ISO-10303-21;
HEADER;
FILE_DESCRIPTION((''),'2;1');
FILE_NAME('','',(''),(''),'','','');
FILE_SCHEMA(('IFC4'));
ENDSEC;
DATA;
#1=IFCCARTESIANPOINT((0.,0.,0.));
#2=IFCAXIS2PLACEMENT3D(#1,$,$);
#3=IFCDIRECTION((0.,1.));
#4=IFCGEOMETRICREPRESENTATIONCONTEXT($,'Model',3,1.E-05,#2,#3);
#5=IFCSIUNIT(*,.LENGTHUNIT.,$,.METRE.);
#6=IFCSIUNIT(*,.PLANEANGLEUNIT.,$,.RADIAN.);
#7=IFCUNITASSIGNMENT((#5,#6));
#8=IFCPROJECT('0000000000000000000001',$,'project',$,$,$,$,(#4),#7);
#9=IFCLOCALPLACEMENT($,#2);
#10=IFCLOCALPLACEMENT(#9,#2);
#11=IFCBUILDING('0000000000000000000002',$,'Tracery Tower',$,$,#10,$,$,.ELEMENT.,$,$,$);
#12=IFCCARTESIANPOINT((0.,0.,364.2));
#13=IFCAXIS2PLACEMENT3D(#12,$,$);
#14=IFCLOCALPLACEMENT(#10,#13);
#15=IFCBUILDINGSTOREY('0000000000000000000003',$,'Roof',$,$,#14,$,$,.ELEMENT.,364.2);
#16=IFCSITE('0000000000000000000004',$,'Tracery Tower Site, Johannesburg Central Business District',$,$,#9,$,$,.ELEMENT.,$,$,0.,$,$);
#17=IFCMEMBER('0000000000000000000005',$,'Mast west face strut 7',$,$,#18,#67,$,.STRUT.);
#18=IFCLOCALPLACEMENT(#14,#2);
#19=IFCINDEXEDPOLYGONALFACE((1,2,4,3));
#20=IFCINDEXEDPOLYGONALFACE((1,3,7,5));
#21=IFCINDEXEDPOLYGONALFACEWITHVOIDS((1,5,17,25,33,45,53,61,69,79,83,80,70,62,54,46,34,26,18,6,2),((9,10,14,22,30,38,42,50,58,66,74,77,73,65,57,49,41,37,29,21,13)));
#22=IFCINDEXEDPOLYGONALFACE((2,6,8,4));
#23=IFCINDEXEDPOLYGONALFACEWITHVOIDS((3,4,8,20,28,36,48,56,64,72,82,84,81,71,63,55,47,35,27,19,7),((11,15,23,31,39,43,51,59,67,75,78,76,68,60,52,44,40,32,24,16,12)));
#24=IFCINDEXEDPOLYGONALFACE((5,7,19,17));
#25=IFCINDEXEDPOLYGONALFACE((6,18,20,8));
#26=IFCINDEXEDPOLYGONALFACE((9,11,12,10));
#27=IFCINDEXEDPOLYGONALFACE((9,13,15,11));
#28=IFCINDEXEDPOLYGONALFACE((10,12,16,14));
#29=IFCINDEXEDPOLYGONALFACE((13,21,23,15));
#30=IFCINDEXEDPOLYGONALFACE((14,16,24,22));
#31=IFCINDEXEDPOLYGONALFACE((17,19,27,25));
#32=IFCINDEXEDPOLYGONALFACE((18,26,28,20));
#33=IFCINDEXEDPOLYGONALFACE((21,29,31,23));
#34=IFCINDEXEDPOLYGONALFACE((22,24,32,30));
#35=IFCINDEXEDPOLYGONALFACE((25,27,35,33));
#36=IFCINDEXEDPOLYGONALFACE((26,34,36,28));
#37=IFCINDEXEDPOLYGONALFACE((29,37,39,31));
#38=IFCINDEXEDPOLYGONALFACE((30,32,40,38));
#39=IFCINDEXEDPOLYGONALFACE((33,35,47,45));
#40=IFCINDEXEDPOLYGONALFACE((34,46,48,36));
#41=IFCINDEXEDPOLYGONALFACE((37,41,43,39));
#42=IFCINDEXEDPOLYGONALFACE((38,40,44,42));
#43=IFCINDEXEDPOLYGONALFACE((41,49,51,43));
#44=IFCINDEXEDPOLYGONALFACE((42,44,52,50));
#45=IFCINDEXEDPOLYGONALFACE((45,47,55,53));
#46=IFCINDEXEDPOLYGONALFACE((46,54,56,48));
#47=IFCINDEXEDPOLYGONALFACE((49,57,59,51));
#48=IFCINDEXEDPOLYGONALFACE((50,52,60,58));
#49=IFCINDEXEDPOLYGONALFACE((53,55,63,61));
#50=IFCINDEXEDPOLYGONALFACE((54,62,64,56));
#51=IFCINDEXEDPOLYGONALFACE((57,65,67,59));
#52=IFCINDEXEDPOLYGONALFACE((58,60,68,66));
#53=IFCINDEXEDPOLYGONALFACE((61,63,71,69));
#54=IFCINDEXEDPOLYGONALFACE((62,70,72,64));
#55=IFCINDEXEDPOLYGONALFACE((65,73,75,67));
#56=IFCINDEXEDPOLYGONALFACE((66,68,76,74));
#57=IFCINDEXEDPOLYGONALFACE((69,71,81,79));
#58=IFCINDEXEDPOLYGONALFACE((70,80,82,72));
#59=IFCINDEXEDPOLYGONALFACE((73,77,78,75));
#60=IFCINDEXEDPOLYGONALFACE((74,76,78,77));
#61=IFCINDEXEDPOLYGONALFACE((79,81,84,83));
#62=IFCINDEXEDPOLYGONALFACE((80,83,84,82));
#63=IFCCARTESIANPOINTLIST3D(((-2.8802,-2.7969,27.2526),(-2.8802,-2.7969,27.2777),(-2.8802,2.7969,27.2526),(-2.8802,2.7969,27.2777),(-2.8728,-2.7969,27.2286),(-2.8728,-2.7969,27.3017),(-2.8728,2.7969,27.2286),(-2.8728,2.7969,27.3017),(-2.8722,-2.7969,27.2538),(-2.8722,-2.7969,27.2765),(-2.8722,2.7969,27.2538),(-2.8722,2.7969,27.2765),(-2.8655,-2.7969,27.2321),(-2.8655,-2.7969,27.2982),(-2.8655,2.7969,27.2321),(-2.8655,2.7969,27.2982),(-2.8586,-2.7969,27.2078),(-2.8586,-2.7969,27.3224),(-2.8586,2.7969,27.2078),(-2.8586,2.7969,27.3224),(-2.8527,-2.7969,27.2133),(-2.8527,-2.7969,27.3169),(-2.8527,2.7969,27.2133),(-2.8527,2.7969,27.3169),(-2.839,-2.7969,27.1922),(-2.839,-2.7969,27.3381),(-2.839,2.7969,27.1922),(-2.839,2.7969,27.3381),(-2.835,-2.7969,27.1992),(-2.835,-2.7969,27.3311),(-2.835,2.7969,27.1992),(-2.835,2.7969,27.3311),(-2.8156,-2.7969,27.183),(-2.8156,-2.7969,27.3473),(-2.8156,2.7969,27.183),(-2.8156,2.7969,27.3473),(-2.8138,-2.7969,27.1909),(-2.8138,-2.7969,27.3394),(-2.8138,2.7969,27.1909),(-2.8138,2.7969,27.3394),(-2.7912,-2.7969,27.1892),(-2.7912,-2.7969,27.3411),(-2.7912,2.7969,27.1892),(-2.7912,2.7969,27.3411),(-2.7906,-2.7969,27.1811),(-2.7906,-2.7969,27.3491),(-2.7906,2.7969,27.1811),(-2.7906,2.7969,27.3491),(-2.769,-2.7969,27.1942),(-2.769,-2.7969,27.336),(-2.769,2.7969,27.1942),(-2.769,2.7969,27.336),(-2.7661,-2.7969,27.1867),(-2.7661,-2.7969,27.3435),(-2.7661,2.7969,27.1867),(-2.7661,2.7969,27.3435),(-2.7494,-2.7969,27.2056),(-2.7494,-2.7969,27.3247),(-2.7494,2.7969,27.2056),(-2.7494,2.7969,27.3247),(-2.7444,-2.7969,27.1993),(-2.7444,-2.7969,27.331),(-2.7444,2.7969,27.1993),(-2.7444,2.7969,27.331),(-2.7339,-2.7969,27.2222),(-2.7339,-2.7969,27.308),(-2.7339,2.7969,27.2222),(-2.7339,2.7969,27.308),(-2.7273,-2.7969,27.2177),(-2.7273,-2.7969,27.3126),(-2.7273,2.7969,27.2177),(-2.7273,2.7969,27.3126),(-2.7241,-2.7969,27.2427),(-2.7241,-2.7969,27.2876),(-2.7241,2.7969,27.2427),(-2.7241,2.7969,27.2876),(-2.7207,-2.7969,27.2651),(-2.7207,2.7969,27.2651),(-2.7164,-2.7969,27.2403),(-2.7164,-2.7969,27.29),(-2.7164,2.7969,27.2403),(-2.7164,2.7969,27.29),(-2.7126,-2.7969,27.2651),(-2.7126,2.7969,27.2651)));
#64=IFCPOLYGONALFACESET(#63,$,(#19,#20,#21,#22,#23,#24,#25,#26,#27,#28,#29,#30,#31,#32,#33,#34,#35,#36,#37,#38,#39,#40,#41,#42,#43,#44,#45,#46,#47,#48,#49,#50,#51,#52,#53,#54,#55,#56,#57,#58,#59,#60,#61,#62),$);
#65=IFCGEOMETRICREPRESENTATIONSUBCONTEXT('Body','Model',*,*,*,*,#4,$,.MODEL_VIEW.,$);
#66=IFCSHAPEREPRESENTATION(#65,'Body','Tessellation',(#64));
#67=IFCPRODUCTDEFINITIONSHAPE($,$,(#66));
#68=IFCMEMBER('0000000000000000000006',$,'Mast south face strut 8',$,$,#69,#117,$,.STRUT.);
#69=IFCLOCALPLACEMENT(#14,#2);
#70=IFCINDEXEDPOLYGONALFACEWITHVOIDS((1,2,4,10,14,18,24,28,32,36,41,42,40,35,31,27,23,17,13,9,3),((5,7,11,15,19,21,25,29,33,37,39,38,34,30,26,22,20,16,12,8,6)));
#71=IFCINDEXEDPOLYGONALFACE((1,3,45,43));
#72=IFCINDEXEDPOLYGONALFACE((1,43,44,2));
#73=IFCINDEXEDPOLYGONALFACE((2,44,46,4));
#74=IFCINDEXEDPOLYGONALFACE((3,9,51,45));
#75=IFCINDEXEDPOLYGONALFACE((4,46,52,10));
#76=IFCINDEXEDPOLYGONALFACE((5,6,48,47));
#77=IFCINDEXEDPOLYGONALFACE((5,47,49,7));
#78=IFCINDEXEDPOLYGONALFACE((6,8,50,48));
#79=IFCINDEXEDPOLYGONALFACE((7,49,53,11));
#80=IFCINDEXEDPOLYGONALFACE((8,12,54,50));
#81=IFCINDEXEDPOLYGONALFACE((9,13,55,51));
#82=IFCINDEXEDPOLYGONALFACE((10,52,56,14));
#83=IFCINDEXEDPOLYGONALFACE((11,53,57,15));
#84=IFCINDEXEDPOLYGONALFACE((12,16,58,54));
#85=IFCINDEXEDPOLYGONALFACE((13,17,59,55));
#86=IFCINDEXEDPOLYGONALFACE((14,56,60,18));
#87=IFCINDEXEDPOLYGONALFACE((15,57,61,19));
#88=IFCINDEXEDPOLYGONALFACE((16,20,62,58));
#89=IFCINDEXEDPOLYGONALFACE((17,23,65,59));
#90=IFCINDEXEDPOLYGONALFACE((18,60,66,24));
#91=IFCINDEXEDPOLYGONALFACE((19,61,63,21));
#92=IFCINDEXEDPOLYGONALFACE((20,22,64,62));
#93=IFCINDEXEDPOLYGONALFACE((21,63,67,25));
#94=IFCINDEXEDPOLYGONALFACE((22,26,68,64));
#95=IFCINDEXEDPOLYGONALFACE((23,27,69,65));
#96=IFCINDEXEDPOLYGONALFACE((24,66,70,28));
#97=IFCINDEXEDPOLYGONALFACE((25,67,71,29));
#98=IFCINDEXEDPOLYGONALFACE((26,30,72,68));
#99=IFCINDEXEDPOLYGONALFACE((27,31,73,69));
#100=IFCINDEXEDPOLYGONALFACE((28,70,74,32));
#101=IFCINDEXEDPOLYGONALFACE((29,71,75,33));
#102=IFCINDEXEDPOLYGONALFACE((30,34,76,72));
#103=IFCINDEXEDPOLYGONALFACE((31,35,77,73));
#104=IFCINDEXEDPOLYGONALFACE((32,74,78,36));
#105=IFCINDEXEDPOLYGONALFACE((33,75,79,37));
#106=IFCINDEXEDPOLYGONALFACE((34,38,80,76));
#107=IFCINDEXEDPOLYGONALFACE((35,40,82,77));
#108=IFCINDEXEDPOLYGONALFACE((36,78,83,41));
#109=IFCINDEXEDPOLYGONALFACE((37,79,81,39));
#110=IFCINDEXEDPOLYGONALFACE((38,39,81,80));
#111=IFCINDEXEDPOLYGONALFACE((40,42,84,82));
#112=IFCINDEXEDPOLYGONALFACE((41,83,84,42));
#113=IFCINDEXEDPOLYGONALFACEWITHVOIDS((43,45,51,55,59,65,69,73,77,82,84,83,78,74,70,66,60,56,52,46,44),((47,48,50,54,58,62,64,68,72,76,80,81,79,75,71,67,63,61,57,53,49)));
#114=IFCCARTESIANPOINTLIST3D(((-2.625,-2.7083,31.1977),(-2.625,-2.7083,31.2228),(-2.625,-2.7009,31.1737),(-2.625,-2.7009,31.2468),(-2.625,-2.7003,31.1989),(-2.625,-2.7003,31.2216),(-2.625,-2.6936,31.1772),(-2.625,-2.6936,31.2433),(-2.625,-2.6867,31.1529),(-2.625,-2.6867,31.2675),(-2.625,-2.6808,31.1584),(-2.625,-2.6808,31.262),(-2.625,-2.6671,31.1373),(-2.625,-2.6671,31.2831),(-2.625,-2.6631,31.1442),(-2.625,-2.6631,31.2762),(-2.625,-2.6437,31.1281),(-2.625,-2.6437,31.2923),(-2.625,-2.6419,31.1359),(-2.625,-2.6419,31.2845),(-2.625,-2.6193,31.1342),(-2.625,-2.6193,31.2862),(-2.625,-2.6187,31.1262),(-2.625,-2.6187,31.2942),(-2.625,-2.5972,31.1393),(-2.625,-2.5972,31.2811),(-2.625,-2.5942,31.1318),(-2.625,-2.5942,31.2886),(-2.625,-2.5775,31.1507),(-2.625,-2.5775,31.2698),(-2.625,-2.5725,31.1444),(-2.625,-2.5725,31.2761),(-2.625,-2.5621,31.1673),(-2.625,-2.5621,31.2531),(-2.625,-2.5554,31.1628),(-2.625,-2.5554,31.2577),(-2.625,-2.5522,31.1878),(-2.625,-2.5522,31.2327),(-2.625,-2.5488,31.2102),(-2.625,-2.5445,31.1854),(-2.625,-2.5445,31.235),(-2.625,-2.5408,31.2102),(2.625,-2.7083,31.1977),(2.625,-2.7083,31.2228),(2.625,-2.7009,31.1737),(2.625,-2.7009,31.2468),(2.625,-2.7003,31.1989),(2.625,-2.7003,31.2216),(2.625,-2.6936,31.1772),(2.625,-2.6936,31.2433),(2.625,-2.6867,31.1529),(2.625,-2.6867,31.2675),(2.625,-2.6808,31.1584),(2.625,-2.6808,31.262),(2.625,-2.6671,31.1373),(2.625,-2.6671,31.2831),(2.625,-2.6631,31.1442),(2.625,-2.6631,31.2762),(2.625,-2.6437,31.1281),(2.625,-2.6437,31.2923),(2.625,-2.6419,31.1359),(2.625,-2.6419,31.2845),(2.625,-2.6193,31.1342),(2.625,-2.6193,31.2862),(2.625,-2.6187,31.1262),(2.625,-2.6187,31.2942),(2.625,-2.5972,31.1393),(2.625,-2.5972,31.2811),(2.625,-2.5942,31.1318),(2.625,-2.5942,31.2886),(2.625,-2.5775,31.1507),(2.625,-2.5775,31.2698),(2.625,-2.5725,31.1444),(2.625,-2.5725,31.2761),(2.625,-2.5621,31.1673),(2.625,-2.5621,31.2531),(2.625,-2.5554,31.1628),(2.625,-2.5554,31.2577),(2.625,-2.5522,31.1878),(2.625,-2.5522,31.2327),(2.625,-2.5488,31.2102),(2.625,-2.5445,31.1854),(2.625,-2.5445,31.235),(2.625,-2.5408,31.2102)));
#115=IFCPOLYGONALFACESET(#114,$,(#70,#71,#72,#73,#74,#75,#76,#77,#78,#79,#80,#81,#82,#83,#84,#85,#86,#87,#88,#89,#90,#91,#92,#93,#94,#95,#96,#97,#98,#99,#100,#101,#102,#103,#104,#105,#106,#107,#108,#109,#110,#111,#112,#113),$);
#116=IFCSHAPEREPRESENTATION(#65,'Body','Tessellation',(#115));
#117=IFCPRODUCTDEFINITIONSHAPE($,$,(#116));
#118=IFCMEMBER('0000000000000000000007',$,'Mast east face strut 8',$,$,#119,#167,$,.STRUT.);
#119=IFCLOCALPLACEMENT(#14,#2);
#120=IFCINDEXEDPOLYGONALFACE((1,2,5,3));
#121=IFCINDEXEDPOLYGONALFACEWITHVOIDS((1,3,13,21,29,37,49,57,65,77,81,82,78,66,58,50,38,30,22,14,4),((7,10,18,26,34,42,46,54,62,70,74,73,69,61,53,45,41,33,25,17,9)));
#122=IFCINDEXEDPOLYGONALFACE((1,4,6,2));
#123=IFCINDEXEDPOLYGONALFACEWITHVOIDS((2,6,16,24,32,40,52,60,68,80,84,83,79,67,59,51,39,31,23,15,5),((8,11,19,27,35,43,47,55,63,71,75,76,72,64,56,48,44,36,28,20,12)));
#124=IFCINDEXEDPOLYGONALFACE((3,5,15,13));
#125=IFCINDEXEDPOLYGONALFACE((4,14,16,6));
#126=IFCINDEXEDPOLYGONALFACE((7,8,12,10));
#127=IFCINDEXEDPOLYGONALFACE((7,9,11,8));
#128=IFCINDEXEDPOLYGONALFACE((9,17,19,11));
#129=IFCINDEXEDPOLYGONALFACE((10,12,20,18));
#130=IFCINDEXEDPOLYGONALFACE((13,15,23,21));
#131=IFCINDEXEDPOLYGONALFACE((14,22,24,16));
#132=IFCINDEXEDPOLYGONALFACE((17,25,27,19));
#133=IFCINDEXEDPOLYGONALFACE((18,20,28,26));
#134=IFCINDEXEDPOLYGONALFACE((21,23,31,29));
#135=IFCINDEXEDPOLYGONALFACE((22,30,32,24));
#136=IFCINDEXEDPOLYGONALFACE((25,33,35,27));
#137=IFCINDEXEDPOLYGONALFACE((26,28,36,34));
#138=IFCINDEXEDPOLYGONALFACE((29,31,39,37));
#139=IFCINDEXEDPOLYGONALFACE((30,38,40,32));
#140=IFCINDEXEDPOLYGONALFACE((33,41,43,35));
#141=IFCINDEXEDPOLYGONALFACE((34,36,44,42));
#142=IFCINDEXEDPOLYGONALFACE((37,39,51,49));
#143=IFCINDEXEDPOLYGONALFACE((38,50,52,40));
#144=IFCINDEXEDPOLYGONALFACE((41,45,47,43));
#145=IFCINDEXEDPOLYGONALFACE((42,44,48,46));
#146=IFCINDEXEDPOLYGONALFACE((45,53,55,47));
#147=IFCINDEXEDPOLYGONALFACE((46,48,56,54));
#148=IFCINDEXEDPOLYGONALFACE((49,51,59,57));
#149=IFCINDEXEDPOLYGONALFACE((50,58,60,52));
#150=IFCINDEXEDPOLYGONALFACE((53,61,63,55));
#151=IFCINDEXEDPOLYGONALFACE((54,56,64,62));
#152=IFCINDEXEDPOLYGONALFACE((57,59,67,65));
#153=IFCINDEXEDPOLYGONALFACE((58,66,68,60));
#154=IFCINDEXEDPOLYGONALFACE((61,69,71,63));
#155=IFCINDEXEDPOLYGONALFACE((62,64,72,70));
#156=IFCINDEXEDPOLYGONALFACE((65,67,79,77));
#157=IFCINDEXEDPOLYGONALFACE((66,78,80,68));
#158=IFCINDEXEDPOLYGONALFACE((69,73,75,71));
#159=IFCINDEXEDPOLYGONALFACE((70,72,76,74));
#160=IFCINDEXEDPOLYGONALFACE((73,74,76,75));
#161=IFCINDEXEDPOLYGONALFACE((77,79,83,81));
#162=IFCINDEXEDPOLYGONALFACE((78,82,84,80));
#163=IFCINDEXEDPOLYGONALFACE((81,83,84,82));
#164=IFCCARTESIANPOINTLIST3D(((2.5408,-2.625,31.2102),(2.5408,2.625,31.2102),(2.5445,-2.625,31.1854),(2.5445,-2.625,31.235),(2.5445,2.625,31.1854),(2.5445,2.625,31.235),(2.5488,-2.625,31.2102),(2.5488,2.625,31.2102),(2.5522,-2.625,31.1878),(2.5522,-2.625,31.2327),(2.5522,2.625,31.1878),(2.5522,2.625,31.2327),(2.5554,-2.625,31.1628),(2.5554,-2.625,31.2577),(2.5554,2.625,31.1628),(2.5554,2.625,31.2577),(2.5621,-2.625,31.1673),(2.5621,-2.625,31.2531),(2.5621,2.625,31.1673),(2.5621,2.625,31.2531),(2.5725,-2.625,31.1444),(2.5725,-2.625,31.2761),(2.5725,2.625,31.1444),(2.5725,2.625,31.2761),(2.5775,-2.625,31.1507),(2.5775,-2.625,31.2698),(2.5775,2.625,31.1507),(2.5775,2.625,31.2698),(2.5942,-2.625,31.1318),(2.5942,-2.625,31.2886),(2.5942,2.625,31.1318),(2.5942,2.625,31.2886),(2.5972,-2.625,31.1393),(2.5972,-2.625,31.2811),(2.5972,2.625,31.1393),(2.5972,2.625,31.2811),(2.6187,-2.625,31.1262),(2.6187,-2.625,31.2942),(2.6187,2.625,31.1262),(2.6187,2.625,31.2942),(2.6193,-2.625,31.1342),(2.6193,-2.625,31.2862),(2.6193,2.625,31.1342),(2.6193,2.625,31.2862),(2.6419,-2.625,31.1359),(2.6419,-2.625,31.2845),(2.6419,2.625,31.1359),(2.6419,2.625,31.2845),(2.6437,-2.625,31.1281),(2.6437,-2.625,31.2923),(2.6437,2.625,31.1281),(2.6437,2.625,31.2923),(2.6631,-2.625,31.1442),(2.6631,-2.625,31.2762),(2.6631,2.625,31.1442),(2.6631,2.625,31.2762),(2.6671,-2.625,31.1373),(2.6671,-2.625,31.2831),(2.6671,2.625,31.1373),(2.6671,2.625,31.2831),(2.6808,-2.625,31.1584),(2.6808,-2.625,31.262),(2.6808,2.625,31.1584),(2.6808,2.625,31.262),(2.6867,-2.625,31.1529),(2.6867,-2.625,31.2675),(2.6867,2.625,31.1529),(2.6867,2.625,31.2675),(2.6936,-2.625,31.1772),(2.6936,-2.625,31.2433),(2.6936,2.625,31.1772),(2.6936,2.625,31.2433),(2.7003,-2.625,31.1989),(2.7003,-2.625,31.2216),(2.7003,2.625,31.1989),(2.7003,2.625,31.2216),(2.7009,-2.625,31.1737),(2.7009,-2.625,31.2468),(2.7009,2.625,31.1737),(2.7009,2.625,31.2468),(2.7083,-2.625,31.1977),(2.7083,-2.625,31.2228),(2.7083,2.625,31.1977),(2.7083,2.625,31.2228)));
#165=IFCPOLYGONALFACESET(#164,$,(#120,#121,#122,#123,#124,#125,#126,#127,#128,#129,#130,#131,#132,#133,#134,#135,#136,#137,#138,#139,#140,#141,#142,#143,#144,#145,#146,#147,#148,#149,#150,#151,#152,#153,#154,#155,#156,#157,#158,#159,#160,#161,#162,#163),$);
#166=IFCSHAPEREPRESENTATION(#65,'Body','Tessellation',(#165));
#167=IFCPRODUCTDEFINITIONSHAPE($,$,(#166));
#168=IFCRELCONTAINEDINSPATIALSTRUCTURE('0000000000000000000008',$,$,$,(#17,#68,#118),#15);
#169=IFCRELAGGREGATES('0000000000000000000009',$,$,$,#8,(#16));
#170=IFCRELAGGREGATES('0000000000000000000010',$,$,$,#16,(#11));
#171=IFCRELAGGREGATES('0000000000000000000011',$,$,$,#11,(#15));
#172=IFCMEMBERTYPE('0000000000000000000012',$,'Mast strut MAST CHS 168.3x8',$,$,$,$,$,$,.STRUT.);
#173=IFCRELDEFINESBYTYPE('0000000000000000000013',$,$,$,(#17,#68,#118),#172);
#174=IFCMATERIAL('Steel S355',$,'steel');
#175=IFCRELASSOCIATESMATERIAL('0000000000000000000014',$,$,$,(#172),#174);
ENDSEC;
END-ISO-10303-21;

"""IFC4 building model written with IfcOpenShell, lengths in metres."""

from ifc_helpers import new_model, si_unit, direction, frame, origin, origin_2d, place, context, subcontext, project, spatial, hollow_circle, extrude, material, material_profile, profile_set, type_object, element, save


model = new_model("IFC4")

# Units and contexts
model_context = context("Model", 3, precision=1e-05, world=origin(), true_north=direction((0.0, 1.0)))
body_context = subcontext(model_context, "Body", "Model", "MODEL_VIEW")
ifc_project = project(units=[si_unit("LENGTHUNIT", "METRE"), si_unit("PLANEANGLEUNIT", "RADIAN")], contexts=[model_context])

# Site, building, storey
site_placement = place(None, origin())
site = spatial("IfcSite", under=ifc_project, at=site_placement, Name="Tracery Tower Site, Johannesburg Central Business District", CompositionType="ELEMENT", RefElevation=0.0)
building_placement = place(site_placement, origin())
building = spatial("IfcBuilding", under=site, at=building_placement, Name="Tracery Tower", CompositionType="ELEMENT")
storey_placement = place(building_placement, frame((0.0, 0.0, 364.2)))
storey = spatial("IfcBuildingStorey", under=building, at=storey_placement, Name="Roof", CompositionType="ELEMENT", Elevation=364.2)

# Members
ifc_material_1 = material(Name="Steel S355", Category="steel")
ifc_material_profile_1 = material_profile(ifc_material_1, hollow_circle(Radius=0.0842, WallThickness=0.0081, at=origin_2d()), Name="CHS 168.3x8")
ifc_profile_set_1 = profile_set([ifc_material_profile_1], Name="Steel S355")
member_type_1 = type_object("IfcMemberType", Name="Mast strut MAST CHS 168.3x8", PredefinedType="STRUT", material=ifc_profile_set_1)
for number, where, z_axis, x_axis, name in (
    (1, (-2.7969, 2.7969, 27.2651), (0.0, -1.0, 0.0), (1.0, 0.0, 0.0), "Mast west face strut 7"),
):
    element("IfcMember", number, at=place(storey_placement, frame(where, z_axis=z_axis, x_axis=x_axis)), inside=storey, type_object=member_type_1, Name=name, PredefinedType="STRUT", context=body_context, shape_type="SweptSolid", body=[
        extrude(hollow_circle(Radius=0.0842, WallThickness=0.0081, at=origin_2d()), origin(), (0.0, 0.0, 1.0), 5.5938),
    ])
for number, where, z_axis, x_axis, name in (
    (2, (-2.625, -2.625, 31.2102), (1.0, 0.0, 0.0), (0.0, 1.0, 0.0), "Mast south face strut 8"),
    (3, (2.625, -2.625, 31.2102), (0.0, 1.0, 0.0), (-1.0, 0.0, 0.0), "Mast east face strut 8"),
):
    element("IfcMember", number, at=place(storey_placement, frame(where, z_axis=z_axis, x_axis=x_axis)), inside=storey, type_object=member_type_1, Name=name, PredefinedType="STRUT", context=body_context, shape_type="SweptSolid", body=[
        extrude(hollow_circle(Radius=0.0842, WallThickness=0.0081, at=origin_2d()), origin(), (0.0, 0.0, 1.0), 5.25),
    ])

save(model, "model.ifc")
